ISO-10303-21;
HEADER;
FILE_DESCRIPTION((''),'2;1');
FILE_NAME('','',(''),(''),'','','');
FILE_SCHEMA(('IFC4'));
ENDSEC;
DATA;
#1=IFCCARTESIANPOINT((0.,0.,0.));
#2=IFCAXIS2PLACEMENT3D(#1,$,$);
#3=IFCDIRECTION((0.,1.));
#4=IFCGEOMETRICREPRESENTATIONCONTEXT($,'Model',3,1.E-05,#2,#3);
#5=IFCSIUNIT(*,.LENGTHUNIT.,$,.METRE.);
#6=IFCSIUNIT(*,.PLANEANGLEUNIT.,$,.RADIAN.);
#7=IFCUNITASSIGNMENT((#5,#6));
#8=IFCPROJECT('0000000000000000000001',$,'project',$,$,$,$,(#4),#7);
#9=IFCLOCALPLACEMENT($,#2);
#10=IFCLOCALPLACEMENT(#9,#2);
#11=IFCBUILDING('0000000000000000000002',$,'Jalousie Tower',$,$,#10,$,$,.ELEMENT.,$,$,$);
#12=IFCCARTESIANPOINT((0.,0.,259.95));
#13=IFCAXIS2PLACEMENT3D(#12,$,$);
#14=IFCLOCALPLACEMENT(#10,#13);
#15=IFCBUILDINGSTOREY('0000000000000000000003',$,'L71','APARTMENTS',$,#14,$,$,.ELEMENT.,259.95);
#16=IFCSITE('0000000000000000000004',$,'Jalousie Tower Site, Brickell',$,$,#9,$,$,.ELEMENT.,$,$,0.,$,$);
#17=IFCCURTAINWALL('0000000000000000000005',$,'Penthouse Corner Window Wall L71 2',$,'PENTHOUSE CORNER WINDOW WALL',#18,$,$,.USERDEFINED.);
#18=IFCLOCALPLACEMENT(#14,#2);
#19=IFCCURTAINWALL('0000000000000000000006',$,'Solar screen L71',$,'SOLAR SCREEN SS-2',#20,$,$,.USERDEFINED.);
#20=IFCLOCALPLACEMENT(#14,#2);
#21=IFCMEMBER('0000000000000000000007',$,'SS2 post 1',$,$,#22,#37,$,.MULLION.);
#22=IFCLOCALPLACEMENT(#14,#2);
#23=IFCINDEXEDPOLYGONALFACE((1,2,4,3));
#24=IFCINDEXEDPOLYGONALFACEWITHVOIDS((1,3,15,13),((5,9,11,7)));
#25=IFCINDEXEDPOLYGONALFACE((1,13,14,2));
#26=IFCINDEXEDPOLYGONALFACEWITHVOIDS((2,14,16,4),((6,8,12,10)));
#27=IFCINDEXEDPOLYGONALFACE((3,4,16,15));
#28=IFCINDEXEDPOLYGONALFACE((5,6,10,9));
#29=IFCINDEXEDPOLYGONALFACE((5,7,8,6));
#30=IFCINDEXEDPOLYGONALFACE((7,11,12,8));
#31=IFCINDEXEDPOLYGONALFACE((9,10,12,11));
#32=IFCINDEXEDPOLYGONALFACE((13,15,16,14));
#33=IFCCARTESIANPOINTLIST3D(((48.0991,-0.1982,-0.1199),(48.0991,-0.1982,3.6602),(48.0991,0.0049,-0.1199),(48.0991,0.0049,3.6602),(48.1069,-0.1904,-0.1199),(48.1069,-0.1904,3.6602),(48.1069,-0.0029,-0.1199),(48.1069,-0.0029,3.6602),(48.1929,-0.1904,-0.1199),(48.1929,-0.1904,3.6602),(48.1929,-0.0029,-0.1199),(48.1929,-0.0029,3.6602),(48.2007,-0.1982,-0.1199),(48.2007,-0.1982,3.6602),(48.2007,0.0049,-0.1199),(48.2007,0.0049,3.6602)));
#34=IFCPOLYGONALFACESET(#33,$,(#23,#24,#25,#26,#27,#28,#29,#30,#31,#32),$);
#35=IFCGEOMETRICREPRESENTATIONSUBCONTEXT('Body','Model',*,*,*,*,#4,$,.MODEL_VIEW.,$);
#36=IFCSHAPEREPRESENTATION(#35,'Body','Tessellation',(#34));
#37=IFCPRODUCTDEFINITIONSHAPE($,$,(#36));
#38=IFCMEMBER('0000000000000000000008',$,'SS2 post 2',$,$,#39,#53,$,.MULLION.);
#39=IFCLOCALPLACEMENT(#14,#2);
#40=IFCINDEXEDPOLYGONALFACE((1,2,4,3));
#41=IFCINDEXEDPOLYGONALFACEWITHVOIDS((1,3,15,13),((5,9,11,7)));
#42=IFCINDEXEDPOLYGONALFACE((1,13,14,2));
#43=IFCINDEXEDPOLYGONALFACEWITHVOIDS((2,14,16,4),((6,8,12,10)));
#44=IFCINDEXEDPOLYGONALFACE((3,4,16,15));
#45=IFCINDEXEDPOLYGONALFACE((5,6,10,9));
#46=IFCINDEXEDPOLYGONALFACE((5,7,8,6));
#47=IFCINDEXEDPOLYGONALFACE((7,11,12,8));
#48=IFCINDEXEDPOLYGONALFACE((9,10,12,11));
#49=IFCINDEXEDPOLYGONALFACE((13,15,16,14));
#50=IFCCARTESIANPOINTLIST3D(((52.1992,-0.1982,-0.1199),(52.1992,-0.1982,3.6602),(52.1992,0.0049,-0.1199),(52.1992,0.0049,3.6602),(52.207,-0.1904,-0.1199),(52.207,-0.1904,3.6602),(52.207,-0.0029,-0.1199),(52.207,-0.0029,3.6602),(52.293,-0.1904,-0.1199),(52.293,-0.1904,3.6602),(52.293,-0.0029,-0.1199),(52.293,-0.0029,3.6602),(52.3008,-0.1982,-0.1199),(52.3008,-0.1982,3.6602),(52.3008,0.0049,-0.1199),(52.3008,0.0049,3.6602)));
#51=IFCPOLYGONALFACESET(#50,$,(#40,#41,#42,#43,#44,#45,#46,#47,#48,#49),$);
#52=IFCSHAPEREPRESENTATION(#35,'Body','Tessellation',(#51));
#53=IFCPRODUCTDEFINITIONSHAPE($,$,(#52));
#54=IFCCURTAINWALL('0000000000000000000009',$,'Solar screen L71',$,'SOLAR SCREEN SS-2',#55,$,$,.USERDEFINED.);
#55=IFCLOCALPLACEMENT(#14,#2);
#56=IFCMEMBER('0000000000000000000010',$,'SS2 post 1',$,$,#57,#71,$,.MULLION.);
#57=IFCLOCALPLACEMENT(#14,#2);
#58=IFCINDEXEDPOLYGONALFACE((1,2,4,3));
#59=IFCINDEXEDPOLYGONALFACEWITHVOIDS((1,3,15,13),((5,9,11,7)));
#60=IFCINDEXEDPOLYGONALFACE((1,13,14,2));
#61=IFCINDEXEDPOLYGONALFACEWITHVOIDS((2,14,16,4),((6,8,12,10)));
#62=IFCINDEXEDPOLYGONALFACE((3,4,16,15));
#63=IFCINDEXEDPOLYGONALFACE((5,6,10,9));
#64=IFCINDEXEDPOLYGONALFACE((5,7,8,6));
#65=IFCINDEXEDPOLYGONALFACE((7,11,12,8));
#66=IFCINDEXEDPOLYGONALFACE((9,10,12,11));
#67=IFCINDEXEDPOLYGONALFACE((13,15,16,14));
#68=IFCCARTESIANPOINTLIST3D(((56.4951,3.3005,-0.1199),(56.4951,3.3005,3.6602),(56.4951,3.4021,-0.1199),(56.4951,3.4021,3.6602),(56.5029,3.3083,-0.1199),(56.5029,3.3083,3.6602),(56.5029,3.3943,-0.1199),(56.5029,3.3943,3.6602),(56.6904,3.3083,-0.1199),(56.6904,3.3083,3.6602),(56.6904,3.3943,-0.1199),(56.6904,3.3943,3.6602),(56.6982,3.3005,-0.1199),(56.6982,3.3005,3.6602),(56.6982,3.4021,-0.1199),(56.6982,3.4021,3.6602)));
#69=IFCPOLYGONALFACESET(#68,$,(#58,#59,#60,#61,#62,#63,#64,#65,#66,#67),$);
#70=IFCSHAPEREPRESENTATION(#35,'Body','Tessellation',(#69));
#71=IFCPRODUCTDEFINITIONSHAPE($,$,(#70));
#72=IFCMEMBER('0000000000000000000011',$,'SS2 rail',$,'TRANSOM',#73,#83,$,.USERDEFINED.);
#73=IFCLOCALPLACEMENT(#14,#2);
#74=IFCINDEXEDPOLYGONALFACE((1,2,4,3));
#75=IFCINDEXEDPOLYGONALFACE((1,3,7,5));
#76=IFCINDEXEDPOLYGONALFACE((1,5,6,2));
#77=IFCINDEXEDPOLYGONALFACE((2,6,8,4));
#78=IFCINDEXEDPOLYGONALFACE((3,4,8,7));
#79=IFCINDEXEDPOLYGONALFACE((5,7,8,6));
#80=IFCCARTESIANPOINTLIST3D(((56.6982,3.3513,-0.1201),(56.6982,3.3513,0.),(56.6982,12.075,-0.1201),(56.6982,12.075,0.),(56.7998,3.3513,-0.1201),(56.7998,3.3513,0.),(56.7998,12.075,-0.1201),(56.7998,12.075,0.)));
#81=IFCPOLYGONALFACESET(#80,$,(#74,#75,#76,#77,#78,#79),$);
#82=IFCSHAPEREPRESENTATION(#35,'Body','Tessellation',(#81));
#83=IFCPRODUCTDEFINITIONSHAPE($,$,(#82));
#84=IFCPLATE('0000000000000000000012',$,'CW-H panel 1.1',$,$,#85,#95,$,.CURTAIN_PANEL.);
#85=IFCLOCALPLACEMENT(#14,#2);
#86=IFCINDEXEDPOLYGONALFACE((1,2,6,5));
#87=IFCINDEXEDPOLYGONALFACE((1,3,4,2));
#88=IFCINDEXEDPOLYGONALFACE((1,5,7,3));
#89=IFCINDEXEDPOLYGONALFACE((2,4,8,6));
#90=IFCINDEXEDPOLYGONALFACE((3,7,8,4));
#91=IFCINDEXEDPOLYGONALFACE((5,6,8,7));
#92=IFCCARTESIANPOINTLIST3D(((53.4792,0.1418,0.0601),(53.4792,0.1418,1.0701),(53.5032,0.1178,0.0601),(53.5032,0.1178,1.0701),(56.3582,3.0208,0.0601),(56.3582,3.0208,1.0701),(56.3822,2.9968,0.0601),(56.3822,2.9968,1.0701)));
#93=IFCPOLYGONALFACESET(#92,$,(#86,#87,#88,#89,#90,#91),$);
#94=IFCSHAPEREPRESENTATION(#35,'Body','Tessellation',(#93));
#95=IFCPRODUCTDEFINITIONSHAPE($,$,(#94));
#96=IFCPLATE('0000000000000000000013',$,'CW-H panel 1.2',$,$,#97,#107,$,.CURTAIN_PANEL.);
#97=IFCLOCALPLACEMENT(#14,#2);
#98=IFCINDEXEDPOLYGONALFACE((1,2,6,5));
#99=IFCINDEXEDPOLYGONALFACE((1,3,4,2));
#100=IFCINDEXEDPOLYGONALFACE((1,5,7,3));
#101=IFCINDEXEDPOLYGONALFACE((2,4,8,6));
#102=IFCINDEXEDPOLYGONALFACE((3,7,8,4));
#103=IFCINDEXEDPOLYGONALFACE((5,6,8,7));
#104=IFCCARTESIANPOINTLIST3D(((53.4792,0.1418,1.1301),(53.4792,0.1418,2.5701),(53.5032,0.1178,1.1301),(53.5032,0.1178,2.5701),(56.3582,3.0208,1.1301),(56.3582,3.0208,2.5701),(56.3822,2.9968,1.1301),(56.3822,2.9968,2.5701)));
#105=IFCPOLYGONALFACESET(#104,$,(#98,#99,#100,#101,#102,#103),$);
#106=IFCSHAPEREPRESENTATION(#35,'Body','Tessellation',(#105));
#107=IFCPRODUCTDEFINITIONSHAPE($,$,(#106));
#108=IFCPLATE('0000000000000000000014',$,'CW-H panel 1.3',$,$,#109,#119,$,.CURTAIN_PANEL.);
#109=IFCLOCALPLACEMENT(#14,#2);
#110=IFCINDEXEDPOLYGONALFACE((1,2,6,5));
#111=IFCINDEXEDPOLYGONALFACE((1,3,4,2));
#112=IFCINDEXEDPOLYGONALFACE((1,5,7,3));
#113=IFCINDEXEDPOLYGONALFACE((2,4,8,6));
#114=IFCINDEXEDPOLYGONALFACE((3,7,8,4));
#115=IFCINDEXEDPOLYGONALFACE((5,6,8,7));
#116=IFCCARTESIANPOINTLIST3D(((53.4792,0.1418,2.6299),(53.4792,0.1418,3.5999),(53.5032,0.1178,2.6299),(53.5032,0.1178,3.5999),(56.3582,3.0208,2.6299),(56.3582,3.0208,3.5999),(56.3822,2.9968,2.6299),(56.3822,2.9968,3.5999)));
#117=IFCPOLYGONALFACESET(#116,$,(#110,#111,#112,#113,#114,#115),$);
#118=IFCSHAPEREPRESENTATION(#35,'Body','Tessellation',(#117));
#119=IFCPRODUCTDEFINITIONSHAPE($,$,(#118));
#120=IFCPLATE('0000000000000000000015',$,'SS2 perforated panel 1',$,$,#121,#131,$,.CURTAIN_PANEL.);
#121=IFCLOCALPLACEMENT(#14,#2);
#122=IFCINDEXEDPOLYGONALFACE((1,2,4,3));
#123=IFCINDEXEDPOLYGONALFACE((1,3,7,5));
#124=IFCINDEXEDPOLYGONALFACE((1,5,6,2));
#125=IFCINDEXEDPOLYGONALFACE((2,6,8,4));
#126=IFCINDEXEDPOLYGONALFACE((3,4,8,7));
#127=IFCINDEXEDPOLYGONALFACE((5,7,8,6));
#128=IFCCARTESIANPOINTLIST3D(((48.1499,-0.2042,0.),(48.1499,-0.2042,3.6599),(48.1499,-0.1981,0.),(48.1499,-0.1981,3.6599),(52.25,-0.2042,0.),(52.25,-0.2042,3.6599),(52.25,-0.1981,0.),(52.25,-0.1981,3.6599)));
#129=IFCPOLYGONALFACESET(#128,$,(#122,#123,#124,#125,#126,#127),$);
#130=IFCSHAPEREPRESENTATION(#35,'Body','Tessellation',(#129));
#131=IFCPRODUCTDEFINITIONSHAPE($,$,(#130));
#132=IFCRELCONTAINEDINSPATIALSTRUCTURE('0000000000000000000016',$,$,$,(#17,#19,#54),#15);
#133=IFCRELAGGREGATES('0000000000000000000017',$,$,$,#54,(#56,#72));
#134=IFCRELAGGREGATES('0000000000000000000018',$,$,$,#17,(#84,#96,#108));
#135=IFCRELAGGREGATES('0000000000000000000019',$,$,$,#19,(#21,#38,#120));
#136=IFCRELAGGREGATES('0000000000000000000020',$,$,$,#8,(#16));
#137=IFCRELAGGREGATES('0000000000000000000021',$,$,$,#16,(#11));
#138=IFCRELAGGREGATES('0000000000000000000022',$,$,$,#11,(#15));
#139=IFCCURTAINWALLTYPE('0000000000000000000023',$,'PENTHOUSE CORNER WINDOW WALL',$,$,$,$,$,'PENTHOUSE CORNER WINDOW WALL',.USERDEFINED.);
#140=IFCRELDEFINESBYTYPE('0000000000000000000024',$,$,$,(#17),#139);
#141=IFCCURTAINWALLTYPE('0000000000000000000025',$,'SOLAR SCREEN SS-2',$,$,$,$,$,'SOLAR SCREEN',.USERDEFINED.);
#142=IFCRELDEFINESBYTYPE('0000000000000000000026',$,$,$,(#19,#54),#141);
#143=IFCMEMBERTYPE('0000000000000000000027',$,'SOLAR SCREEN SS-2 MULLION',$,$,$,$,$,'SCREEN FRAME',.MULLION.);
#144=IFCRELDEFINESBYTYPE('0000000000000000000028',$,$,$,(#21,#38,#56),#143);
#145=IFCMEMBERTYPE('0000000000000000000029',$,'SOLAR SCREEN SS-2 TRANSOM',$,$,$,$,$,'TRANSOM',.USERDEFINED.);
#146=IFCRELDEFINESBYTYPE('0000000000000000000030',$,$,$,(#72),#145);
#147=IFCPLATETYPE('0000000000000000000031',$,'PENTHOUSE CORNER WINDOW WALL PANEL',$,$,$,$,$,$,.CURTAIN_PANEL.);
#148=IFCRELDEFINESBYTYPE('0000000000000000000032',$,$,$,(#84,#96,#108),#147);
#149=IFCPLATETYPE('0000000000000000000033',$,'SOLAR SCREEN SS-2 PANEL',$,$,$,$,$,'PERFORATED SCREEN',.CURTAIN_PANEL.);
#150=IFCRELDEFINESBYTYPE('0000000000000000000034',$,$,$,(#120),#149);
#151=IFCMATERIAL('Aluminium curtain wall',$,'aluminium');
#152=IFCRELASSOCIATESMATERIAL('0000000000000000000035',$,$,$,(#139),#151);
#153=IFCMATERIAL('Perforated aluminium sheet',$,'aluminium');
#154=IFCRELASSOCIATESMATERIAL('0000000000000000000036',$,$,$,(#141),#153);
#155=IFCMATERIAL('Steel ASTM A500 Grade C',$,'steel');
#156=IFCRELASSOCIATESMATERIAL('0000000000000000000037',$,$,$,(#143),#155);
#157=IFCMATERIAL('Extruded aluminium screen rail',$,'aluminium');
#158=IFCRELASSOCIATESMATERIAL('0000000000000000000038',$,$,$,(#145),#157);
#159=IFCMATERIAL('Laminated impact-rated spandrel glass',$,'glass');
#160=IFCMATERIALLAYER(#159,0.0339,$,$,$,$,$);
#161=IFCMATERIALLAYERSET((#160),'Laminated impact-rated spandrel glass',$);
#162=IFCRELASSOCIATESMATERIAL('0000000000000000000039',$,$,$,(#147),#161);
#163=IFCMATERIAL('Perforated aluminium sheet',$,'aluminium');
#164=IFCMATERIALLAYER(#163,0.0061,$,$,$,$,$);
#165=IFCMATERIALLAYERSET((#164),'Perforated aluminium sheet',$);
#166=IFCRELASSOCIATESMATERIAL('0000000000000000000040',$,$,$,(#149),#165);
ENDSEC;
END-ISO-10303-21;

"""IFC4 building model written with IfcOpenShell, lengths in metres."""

from ifc_helpers import new_model, si_unit, direction, frame, origin, origin_2d, place, context, subcontext, project, spatial, rectangle, hollow_rectangle, extrude, material, layer, layer_set, material_profile, profile_set, type_object, element, aggregate, save


model = new_model("IFC4")

# Units and contexts
model_context = context("Model", 3, precision=1e-05, world=origin(), true_north=direction((0.0, 1.0)))
body_context = subcontext(model_context, "Body", "Model", "MODEL_VIEW")
ifc_project = project(units=[si_unit("LENGTHUNIT", "METRE"), si_unit("PLANEANGLEUNIT", "RADIAN")], contexts=[model_context])

# Site, building, storey
site_placement = place(None, origin())
site = spatial("IfcSite", under=ifc_project, at=site_placement, Name="Jalousie Tower Site, Brickell", CompositionType="ELEMENT", RefElevation=0.0)
building_placement = place(site_placement, origin())
building = spatial("IfcBuilding", under=site, at=building_placement, Name="Jalousie Tower", CompositionType="ELEMENT")
storey_placement = place(building_placement, frame((0.0, 0.0, 259.95)))
storey = spatial("IfcBuildingStorey", under=building, at=storey_placement, Name="L71", Description="APARTMENTS", CompositionType="ELEMENT", Elevation=259.95)

# Curtain wall
ifc_material_1 = material(Name="Aluminium curtain wall", Category="aluminium")
curtain_wall_type_1 = type_object("IfcCurtainWallType", Name="PENTHOUSE CORNER WINDOW WALL", ElementType="PENTHOUSE CORNER WINDOW WALL", PredefinedType="USERDEFINED", material=ifc_material_1)
curtain_wall_1_placement = place(storey_placement, origin())
curtain_wall_1 = element("IfcCurtainWall", 1, at=curtain_wall_1_placement, inside=storey, type_object=curtain_wall_type_1, Name="Penthouse Corner Window Wall L71 2", ObjectType="PENTHOUSE CORNER WINDOW WALL", PredefinedType="USERDEFINED")

# Curtain walls, members
ifc_material_2 = material(Name="Perforated aluminium sheet", Category="aluminium")
curtain_wall_type_2 = type_object("IfcCurtainWallType", Name="SOLAR SCREEN SS-2", ElementType="SOLAR SCREEN", PredefinedType="USERDEFINED", material=ifc_material_2)
curtain_wall_2_placement = place(storey_placement, origin())
curtain_wall_2 = element("IfcCurtainWall", 2, at=curtain_wall_2_placement, inside=storey, type_object=curtain_wall_type_2, Name="Solar screen L71", ObjectType="SOLAR SCREEN SS-2", PredefinedType="USERDEFINED")
ifc_material_3 = material(Name="Steel ASTM A500 Grade C", Category="steel")
ifc_material_profile_1 = material_profile(ifc_material_3, hollow_rectangle(XDim=0.1016, YDim=0.2031, WallThickness=0.0078, at=origin_2d()), Name="HSS8X4X5/16")
ifc_profile_set_1 = profile_set([ifc_material_profile_1], Name="Steel ASTM A500 Grade C")
member_type_1 = type_object("IfcMemberType", Name="SOLAR SCREEN SS-2 MULLION", ElementType="SCREEN FRAME", PredefinedType="MULLION", material=ifc_profile_set_1)
member_1_placement = place(storey_placement, frame((48.1499, -0.0967, -0.1199), z_axis=(0.0, 0.0, 1.0), x_axis=(1.0, 0.0, 0.0)))
member_1 = element("IfcMember", 3, at=member_1_placement, type_object=member_type_1, Name="SS2 post 1", PredefinedType="MULLION", context=body_context, shape_type="SweptSolid", body=[
    extrude(hollow_rectangle(XDim=0.1016, YDim=0.2031, WallThickness=0.0078, at=origin_2d()), origin(), (0.0, 0.0, 1.0), 3.78),
])
member_2_placement = place(storey_placement, frame((52.25, -0.0967, -0.1199), z_axis=(0.0, 0.0, 1.0), x_axis=(1.0, 0.0, 0.0)))
member_2 = element("IfcMember", 4, at=member_2_placement, type_object=member_type_1, Name="SS2 post 2", PredefinedType="MULLION", context=body_context, shape_type="SweptSolid", body=[
    extrude(hollow_rectangle(XDim=0.1016, YDim=0.2031, WallThickness=0.0078, at=origin_2d()), origin(), (0.0, 0.0, 1.0), 3.78),
])
curtain_wall_3_placement = place(storey_placement, origin())
curtain_wall_3 = element("IfcCurtainWall", 5, at=curtain_wall_3_placement, inside=storey, type_object=curtain_wall_type_2, Name="Solar screen L71", ObjectType="SOLAR SCREEN SS-2", PredefinedType="USERDEFINED")
member_3_placement = place(storey_placement, frame((56.5967, 3.3513, -0.1199), z_axis=(0.0, 0.0, 1.0), x_axis=(0.0, 1.0, 0.0)))
member_3 = element("IfcMember", 6, at=member_3_placement, type_object=member_type_1, Name="SS2 post 1", PredefinedType="MULLION", context=body_context, shape_type="SweptSolid", body=[
    extrude(hollow_rectangle(XDim=0.1016, YDim=0.2031, WallThickness=0.0078, at=origin_2d()), origin(), (0.0, 0.0, 1.0), 3.78),
])
ifc_material_4 = material(Name="Extruded aluminium screen rail", Category="aluminium")
ifc_material_profile_2 = material_profile(ifc_material_4, rectangle(XDim=0.1016, YDim=0.1201, at=origin_2d()), Name="RAIL 102x120")
ifc_profile_set_2 = profile_set([ifc_material_profile_2], Name="Extruded aluminium screen rail")
member_type_2 = type_object("IfcMemberType", Name="SOLAR SCREEN SS-2 TRANSOM", ElementType="TRANSOM", PredefinedType="USERDEFINED", material=ifc_profile_set_2)
member_4_placement = place(storey_placement, frame((56.749, 3.3513, -0.0601), z_axis=(0.0, 1.0, 0.0), x_axis=(-1.0, 0.0, 0.0)))
member_4 = element("IfcMember", 7, at=member_4_placement, type_object=member_type_2, Name="SS2 rail", ObjectType="TRANSOM", PredefinedType="USERDEFINED", context=body_context, shape_type="SweptSolid", body=[
    extrude(rectangle(XDim=0.1016, YDim=0.1201, at=origin_2d()), origin(), (0.0, 0.0, 1.0), 8.7236),
])
aggregate(curtain_wall_3, [member_3, member_4])

# Plates
ifc_material_5 = material(Name="Laminated impact-rated spandrel glass", Category="glass")
ifc_layer_1 = layer(ifc_material_5, 0.0339)
ifc_layer_set_1 = layer_set([ifc_layer_1], Name="Laminated impact-rated spandrel glass")
plate_type_1 = type_object("IfcPlateType", Name="PENTHOUSE CORNER WINDOW WALL PANEL", PredefinedType="CURTAIN_PANEL", material=ifc_layer_set_1)
plate_1_placement = place(storey_placement, frame((54.9307, 1.5693, 0.0601), z_axis=(0.0, 0.0, 1.0), x_axis=(0.707107, 0.707107, 0.0)))
plate_1 = element("IfcPlate", 8, at=plate_1_placement, type_object=plate_type_1, Name="CW-H panel 1.1", PredefinedType="CURTAIN_PANEL", context=body_context, shape_type="SweptSolid", body=[
    extrude(rectangle(XDim=4.0715, YDim=0.0339, at=origin_2d()), origin(), (0.0, 0.0, 1.0), 1.01),
])
plate_2_placement = place(storey_placement, frame((54.9307, 1.5693, 1.1301), z_axis=(0.0, 0.0, 1.0), x_axis=(0.707107, 0.707107, 0.0)))
plate_2 = element("IfcPlate", 9, at=plate_2_placement, type_object=plate_type_1, Name="CW-H panel 1.2", PredefinedType="CURTAIN_PANEL", context=body_context, shape_type="SweptSolid", body=[
    extrude(rectangle(XDim=4.0715, YDim=0.0339, at=origin_2d()), origin(), (0.0, 0.0, 1.0), 1.4399),
])
plate_3_placement = place(storey_placement, frame((54.9307, 1.5693, 2.6299), z_axis=(0.0, 0.0, 1.0), x_axis=(0.707107, 0.707107, 0.0)))
plate_3 = element("IfcPlate", 10, at=plate_3_placement, type_object=plate_type_1, Name="CW-H panel 1.3", PredefinedType="CURTAIN_PANEL", context=body_context, shape_type="SweptSolid", body=[
    extrude(rectangle(XDim=4.0715, YDim=0.0339, at=origin_2d()), origin(), (0.0, 0.0, 1.0), 0.97),
])
aggregate(curtain_wall_1, [plate_1, plate_2, plate_3])
ifc_material_6 = material(Name="Perforated aluminium sheet", Category="aluminium")
ifc_layer_2 = layer(ifc_material_6, 0.0061)
ifc_layer_set_2 = layer_set([ifc_layer_2], Name="Perforated aluminium sheet")
plate_type_2 = type_object("IfcPlateType", Name="SOLAR SCREEN SS-2 PANEL", ElementType="PERFORATED SCREEN", PredefinedType="CURTAIN_PANEL", material=ifc_layer_set_2)
plate_4_placement = place(storey_placement, frame((50.2, -0.2012, 0.0), z_axis=(0.0, 0.0, 1.0), x_axis=(1.0, 0.0, 0.0)))
plate_4 = element("IfcPlate", 11, at=plate_4_placement, type_object=plate_type_2, Name="SS2 perforated panel 1", PredefinedType="CURTAIN_PANEL", context=body_context, shape_type="SweptSolid", body=[
    extrude(rectangle(XDim=4.1001, YDim=0.0061, at=origin_2d()), origin(), (0.0, 0.0, 1.0), 3.6599),
])
aggregate(curtain_wall_2, [member_1, member_2, plate_4])

save(model, "model.ifc")
